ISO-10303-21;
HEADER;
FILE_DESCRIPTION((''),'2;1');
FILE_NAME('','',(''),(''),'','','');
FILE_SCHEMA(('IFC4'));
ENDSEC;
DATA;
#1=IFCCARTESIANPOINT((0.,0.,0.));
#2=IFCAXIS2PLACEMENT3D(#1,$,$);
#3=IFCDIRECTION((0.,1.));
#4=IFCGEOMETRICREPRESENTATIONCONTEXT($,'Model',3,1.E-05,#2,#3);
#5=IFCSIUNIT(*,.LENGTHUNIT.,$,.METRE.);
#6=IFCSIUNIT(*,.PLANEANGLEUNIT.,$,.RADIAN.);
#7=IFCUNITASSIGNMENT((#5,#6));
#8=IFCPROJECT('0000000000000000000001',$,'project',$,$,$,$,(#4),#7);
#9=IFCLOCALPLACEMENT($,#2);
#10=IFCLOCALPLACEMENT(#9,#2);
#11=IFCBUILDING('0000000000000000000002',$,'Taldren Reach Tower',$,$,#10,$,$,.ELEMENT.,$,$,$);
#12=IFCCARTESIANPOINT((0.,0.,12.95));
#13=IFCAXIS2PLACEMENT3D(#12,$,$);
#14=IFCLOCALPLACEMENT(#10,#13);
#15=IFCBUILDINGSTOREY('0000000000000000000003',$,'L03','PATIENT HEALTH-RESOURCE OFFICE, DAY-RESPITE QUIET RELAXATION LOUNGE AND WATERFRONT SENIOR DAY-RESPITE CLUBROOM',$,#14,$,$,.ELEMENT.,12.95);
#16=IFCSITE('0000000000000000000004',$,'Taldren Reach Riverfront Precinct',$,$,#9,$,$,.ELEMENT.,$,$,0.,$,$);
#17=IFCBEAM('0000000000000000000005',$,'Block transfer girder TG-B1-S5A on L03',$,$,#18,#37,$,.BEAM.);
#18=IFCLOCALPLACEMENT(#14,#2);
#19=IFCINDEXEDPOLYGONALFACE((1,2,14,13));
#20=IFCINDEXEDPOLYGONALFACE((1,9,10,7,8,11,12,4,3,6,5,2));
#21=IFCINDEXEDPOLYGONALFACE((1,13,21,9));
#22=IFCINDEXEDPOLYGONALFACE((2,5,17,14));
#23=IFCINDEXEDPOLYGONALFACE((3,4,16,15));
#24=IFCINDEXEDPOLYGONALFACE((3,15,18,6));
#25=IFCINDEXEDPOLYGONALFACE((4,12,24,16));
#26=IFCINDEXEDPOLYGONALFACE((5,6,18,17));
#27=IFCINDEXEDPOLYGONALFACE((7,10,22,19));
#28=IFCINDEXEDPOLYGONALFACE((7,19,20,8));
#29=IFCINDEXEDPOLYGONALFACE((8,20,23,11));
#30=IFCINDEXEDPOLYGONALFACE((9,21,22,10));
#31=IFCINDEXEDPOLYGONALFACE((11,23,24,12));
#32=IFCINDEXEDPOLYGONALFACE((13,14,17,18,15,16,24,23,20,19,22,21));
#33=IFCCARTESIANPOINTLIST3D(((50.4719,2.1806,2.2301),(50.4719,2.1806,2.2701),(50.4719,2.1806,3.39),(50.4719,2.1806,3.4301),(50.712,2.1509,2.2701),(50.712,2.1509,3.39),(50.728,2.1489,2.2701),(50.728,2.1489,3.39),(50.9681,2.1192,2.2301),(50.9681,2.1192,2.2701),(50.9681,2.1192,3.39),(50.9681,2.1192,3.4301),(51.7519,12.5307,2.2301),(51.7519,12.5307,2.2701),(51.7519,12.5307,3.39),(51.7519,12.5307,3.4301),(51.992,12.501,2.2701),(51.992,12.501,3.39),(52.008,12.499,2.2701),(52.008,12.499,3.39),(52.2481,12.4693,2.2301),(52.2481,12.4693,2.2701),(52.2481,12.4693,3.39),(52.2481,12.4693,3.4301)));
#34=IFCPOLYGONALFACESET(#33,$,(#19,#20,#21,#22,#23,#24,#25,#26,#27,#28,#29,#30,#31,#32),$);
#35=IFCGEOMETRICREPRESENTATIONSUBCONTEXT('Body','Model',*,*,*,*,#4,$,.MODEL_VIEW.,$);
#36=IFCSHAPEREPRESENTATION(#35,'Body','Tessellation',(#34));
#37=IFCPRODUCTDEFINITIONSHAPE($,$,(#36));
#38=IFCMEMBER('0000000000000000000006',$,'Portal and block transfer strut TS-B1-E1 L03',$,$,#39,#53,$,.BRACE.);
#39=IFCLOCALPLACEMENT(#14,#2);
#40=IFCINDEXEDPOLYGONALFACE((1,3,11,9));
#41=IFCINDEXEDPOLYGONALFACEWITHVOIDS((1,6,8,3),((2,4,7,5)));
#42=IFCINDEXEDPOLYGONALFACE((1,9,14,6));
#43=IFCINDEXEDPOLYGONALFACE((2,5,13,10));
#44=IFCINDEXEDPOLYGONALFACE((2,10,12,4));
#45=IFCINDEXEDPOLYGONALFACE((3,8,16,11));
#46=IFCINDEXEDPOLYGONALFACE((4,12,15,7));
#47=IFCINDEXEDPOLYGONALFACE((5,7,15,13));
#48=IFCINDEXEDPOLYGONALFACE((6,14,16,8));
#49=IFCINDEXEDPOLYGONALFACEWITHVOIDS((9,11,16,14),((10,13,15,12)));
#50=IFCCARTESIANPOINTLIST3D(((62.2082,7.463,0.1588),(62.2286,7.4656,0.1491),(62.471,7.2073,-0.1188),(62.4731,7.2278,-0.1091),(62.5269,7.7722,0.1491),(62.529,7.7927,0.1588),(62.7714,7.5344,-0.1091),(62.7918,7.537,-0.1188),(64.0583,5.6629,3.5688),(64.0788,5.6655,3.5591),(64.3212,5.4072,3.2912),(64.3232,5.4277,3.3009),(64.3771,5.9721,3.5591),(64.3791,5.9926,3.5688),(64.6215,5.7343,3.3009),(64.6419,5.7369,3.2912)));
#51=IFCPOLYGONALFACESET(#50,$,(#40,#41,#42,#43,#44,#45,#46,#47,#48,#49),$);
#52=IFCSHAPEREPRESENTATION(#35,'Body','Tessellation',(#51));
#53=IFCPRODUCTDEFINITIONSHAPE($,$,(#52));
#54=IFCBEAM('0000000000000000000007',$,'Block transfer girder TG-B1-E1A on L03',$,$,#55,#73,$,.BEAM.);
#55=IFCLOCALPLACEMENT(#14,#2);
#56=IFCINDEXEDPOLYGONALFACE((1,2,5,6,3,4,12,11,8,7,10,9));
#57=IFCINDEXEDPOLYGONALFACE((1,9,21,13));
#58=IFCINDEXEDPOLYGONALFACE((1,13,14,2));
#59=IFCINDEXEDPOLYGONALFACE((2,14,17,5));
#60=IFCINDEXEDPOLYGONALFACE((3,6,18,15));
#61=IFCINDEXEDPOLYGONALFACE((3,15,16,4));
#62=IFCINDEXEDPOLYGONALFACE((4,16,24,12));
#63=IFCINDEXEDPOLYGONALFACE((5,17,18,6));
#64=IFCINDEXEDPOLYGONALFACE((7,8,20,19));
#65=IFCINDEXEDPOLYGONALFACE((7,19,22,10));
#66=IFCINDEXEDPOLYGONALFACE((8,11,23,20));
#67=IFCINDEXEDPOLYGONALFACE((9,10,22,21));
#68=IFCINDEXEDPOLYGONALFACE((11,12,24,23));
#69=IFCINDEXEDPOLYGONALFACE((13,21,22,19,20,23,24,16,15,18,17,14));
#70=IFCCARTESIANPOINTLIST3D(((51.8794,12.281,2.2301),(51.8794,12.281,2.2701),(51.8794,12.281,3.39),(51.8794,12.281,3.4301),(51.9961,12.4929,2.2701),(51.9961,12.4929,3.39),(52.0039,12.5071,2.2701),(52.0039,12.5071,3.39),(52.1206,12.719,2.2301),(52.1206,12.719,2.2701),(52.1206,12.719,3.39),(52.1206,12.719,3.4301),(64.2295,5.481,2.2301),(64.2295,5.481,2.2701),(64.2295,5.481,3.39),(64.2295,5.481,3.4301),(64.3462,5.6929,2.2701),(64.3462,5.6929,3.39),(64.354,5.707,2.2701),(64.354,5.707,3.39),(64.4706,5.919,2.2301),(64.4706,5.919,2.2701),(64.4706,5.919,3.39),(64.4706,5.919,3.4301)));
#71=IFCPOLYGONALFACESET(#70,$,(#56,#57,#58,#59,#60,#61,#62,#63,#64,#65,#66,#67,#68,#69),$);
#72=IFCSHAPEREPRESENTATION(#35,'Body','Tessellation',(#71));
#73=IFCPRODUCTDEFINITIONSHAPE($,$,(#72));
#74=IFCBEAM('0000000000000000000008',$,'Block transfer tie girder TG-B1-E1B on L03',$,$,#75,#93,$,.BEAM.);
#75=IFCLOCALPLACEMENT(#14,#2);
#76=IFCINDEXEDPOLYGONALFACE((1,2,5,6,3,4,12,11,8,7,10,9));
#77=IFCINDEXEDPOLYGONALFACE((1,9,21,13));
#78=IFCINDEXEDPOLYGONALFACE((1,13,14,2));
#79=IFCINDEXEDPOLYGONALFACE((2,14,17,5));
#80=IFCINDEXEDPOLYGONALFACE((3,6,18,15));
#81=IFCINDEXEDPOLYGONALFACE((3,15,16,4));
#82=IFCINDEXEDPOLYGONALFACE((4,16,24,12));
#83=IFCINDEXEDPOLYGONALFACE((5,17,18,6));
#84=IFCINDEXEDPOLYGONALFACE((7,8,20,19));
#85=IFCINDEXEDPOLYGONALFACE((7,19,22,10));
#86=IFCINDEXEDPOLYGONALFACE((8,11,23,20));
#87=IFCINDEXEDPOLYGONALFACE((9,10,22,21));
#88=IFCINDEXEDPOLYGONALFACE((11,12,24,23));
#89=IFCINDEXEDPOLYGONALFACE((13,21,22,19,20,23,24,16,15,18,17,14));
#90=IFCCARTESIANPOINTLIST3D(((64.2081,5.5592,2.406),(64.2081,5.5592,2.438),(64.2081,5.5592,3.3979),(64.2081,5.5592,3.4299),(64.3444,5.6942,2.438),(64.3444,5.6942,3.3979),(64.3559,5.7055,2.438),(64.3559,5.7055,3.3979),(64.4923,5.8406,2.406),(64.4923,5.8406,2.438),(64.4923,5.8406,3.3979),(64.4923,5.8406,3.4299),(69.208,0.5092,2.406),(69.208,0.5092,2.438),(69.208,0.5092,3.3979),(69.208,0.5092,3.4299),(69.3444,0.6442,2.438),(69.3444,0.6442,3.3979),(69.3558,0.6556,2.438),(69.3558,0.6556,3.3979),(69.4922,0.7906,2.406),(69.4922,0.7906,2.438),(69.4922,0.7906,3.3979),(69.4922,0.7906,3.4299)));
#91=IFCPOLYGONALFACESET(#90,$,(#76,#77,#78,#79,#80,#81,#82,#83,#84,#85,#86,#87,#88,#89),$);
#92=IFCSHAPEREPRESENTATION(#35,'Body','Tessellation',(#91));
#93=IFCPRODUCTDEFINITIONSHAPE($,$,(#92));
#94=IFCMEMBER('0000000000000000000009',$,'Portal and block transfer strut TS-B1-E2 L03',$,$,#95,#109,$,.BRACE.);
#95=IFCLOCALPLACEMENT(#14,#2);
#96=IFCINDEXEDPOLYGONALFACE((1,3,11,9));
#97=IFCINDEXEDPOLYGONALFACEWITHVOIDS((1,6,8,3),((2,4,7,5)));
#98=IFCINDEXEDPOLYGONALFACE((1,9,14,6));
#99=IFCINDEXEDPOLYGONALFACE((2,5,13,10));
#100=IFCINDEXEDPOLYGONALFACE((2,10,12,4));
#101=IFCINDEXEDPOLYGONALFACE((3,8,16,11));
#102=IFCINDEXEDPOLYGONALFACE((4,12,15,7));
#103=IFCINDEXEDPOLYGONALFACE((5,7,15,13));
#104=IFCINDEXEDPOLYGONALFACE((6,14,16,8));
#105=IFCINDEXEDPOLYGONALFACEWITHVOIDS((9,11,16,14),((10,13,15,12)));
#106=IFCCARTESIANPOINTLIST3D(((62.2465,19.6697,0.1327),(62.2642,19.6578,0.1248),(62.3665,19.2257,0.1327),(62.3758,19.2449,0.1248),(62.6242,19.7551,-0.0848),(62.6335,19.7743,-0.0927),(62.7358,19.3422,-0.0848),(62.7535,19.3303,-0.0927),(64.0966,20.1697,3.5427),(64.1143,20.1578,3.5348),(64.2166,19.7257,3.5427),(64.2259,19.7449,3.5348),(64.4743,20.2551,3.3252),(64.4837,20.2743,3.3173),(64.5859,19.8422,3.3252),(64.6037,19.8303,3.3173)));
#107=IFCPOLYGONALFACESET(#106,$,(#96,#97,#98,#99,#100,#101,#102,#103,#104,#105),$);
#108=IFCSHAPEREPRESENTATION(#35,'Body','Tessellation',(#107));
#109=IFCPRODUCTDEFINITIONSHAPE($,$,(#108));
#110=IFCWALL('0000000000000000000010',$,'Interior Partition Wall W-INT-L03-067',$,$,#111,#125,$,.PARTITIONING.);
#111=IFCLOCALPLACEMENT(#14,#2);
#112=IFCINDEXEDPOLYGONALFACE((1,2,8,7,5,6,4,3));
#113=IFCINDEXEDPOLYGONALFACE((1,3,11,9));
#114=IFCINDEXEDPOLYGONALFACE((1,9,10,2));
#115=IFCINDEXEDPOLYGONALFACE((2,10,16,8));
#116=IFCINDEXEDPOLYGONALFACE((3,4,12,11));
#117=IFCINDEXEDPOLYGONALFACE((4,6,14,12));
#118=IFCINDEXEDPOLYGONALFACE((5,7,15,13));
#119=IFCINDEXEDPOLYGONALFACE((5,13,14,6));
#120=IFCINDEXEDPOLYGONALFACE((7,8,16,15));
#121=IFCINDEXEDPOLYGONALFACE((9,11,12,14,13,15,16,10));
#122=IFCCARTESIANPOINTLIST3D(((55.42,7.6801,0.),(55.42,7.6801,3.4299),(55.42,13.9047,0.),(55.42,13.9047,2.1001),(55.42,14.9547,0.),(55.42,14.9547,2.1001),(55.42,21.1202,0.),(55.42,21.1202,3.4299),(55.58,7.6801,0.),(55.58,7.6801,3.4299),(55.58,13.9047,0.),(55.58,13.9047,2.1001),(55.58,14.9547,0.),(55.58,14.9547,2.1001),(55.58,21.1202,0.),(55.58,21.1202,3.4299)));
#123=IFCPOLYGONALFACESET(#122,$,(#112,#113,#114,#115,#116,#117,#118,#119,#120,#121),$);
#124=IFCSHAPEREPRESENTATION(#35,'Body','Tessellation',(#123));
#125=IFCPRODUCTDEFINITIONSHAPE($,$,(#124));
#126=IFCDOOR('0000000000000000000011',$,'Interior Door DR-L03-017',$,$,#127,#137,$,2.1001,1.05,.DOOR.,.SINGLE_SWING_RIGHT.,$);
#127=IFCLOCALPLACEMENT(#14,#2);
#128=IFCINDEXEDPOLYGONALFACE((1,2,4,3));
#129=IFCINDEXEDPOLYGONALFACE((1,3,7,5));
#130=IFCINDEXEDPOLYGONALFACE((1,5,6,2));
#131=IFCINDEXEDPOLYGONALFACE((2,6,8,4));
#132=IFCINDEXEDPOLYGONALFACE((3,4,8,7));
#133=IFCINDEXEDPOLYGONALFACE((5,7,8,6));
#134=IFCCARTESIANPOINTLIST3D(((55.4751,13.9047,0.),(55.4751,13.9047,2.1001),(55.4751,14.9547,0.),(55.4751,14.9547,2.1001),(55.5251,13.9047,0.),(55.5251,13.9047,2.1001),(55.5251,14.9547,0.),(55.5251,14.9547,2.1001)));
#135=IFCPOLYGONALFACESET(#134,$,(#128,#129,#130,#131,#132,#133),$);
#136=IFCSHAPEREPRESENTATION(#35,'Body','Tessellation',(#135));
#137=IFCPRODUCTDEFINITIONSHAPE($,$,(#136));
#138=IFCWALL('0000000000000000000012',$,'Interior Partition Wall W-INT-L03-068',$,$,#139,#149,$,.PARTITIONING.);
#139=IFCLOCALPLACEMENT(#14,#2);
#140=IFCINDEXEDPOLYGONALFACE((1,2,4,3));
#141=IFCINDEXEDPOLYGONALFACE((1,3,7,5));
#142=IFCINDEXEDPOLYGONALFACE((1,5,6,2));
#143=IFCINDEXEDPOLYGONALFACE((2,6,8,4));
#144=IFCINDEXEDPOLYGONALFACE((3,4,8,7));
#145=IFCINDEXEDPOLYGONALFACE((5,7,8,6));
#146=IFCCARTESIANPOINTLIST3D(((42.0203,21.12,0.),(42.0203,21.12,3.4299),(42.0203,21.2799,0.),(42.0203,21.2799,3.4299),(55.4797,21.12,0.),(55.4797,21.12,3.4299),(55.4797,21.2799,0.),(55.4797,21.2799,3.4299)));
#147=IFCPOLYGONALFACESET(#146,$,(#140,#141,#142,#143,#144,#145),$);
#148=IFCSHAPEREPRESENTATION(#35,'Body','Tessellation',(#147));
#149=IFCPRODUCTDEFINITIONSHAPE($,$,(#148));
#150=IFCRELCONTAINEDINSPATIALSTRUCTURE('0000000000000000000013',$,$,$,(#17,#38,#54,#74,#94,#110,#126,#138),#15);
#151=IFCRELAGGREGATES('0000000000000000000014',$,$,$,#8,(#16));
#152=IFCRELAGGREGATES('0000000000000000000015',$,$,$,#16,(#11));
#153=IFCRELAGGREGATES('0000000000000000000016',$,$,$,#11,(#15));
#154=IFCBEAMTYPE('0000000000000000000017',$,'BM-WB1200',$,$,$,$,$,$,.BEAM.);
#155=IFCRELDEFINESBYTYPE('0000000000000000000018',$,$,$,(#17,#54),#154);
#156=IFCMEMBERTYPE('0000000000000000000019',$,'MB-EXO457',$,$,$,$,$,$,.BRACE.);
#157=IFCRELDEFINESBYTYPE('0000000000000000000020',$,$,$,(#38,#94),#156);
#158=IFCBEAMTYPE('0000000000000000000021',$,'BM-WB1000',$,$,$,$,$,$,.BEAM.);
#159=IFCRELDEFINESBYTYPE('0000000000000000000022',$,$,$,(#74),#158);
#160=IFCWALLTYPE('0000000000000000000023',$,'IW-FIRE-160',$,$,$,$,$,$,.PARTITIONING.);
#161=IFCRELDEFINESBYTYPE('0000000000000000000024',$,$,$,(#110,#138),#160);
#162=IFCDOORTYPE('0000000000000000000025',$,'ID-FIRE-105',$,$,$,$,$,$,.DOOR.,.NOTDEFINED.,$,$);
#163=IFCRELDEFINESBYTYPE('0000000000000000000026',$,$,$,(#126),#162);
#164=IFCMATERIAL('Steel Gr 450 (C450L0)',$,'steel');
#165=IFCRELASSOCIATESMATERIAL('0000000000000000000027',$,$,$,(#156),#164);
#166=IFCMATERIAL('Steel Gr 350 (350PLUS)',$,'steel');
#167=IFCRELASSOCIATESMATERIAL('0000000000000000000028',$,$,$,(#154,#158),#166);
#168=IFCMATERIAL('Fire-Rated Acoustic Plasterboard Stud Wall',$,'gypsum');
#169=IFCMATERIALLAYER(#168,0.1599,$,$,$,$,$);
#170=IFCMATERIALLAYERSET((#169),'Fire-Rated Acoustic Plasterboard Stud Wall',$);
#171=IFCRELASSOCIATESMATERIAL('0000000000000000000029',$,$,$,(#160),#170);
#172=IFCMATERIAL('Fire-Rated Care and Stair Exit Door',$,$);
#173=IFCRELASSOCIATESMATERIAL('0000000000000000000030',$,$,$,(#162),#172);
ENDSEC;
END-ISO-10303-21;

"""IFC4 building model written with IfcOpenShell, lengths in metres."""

from ifc_helpers import new_model, si_unit, direction, frame, frame_2d, origin, origin_2d, place, context, subcontext, project, spatial, rectangle, hollow_rectangle, i_section, extrude, source, transform, mapped, material, layer, layer_set, material_profile, profile_set, type_object, element, fill, save


model = new_model("IFC4")

# Units and contexts
model_context = context("Model", 3, precision=1e-05, world=origin(), true_north=direction((0.0, 1.0)))
body_context = subcontext(model_context, "Body", "Model", "MODEL_VIEW")
ifc_project = project(units=[si_unit("LENGTHUNIT", "METRE"), si_unit("PLANEANGLEUNIT", "RADIAN")], contexts=[model_context])

# Site, building, storey
site_placement = place(None, origin())
site = spatial("IfcSite", under=ifc_project, at=site_placement, Name="Taldren Reach Riverfront Precinct", CompositionType="ELEMENT", RefElevation=0.0)
building_placement = place(site_placement, origin())
building = spatial("IfcBuilding", under=site, at=building_placement, Name="Taldren Reach Tower", CompositionType="ELEMENT")
storey_placement = place(building_placement, frame((0.0, 0.0, 12.95)))
storey = spatial("IfcBuildingStorey", under=building, at=storey_placement, Name="L03", Description="PATIENT HEALTH-RESOURCE OFFICE, DAY-RESPITE QUIET RELAXATION LOUNGE AND WATERFRONT SENIOR DAY-RESPITE CLUBROOM", CompositionType="ELEMENT", Elevation=12.95)

# Shared definitions
ifc_material_1 = material(Name="Steel Gr 350 (350PLUS)", Category="steel")

# Shared definitions
ifc_material_2 = material(Name="Steel Gr 450 (C450L0)", Category="steel")
ifc_material_profile_1 = material_profile(ifc_material_2, hollow_rectangle(XDim=0.46, YDim=0.46, WallThickness=0.0161, at=origin_2d()), Name="460x460x16.0SHS")
ifc_profile_set_1 = profile_set([ifc_material_profile_1], Name="Steel Gr 450 (C450L0)")
member_type = type_object("IfcMemberType", Name="MB-EXO457", PredefinedType="BRACE", material=ifc_profile_set_1)

# Beam
ifc_material_profile_2 = material_profile(ifc_material_1, i_section(OverallWidth=0.5, OverallDepth=1.2, WebThickness=0.0161, FlangeThickness=0.04, at=origin_2d()), Name="1200WB455")
ifc_profile_set_2 = profile_set([ifc_material_profile_2], Name="Steel Gr 350 (350PLUS)")
beam_type_1 = type_object("IfcBeamType", Name="BM-WB1200", PredefinedType="BEAM", material=ifc_profile_set_2)
shared_shape_1 = source(origin(), body_context, "Body", "SweptSolid", [
    extrude(i_section(OverallWidth=0.5, OverallDepth=1.2, WebThickness=0.0161, FlangeThickness=0.04, at=origin_2d()), origin(), (0.0, 0.0, 1.0), 10.429),
])
beam_1_placement = place(storey_placement, frame((52.0, 12.5, 2.8301), z_axis=(-0.122738, -0.992439, 0.0), x_axis=(0.992439, -0.122738, 0.0)))
element("IfcBeam", 1, at=beam_1_placement, inside=storey, type_object=beam_type_1, Name="Block transfer girder TG-B1-S5A on L03", PredefinedType="BEAM", context=body_context, shape_type="MappedRepresentation", body=[
    mapped(shared_shape_1, transform((0.0, 0.0, 0.0), scale=1.0)),
])

# Member
shared_shape_2 = source(origin(), body_context, "Body", "SweptSolid", [
    extrude(hollow_rectangle(XDim=0.46, YDim=0.46, WallThickness=0.0161, at=origin_2d()), origin(), (0.0, 0.0, 1.0), 4.2769),
])
member_1_placement = place(storey_placement, frame((62.5, 7.5, 0.02), z_axis=(0.432595, -0.420892, 0.797315), x_axis=(0.697346, 0.716735, 0.0)))
element("IfcMember", 2, at=member_1_placement, inside=storey, type_object=member_type, Name="Portal and block transfer strut TS-B1-E1 L03", PredefinedType="BRACE", context=body_context, shape_type="MappedRepresentation", body=[
    mapped(shared_shape_2, transform((0.0, 0.0, 0.0), scale=1.0)),
])

# Beams
shared_shape_3 = source(origin(), body_context, "Body", "SweptSolid", [
    extrude(i_section(OverallWidth=0.5, OverallDepth=1.2, WebThickness=0.0161, FlangeThickness=0.04, at=origin_2d()), origin(), (0.0, 0.0, 1.0), 14.0984),
])
beam_2_placement = place(storey_placement, frame((52.0, 12.5, 2.8301), z_axis=(0.875991, -0.482327, 0.0), x_axis=(0.482327, 0.875991, 0.0)))
element("IfcBeam", 3, at=beam_2_placement, inside=storey, type_object=beam_type_1, Name="Block transfer girder TG-B1-E1A on L03", PredefinedType="BEAM", context=body_context, shape_type="MappedRepresentation", body=[
    mapped(shared_shape_3, transform((0.0, 0.0, 0.0), scale=1.0)),
])
ifc_material_profile_3 = material_profile(ifc_material_1, i_section(OverallWidth=0.3999, OverallDepth=1.0239, WebThickness=0.0161, FlangeThickness=0.032, at=origin_2d()), Name="1000WB322")
ifc_profile_set_3 = profile_set([ifc_material_profile_3], Name="Steel Gr 350 (350PLUS)")
beam_type_2 = type_object("IfcBeamType", Name="BM-WB1000", PredefinedType="BEAM", material=ifc_profile_set_3)
shared_shape_4 = source(origin(), body_context, "Body", "SweptSolid", [
    extrude(i_section(OverallWidth=0.3999, OverallDepth=1.0239, WebThickness=0.0161, FlangeThickness=0.032, at=origin_2d()), origin(), (0.0, 0.0, 1.0), 7.1064),
])
beam_3_placement = place(storey_placement, frame((69.3501, 0.6499, 2.918), z_axis=(-0.703577, 0.710619, 0.0), x_axis=(-0.710619, -0.703577, 0.0)))
element("IfcBeam", 4, at=beam_3_placement, inside=storey, type_object=beam_type_2, Name="Block transfer tie girder TG-B1-E1B on L03", PredefinedType="BEAM", context=body_context, shape_type="MappedRepresentation", body=[
    mapped(shared_shape_4, transform((0.0, 0.0, 0.0), scale=1.0)),
])

# Member
shared_shape_5 = source(origin(), body_context, "Body", "SweptSolid", [
    extrude(hollow_rectangle(XDim=0.46, YDim=0.46, WallThickness=0.0161, at=origin_2d()), origin(), (0.0, 0.0, 1.0), 3.9116),
])
member_2_placement = place(storey_placement, frame((62.5, 19.5, 0.02), z_axis=(0.472981, 0.127826, 0.871751), x_axis=(-0.260896, 0.965367, 0.0)))
element("IfcMember", 5, at=member_2_placement, inside=storey, type_object=member_type, Name="Portal and block transfer strut TS-B1-E2 L03", PredefinedType="BRACE", context=body_context, shape_type="MappedRepresentation", body=[
    mapped(shared_shape_5, transform((0.0, 0.0, 0.0), scale=1.0)),
])

# Wall, opening, door
ifc_material_3 = material(Name="Fire-Rated Acoustic Plasterboard Stud Wall", Category="gypsum")
ifc_layer = layer(ifc_material_3, 0.1599)
ifc_layer_set = layer_set([ifc_layer], Name="Fire-Rated Acoustic Plasterboard Stud Wall")
wall_type = type_object("IfcWallType", Name="IW-FIRE-160", PredefinedType="PARTITIONING", material=ifc_layer_set)
shared_shape_6 = source(origin(), body_context, "Body", "SweptSolid", [
    extrude(rectangle(XDim=13.4402, YDim=0.1599, at=frame_2d((6.7202, 0.0))), origin(), (0.0, 0.0, 1.0), 3.4299),
])
wall_1_placement = place(storey_placement, frame((55.5, 7.6799, 0.0), z_axis=(0.0, 0.0, 1.0), x_axis=(0.0, 1.0, 0.0)))
wall_1 = element("IfcWall", 6, at=wall_1_placement, inside=storey, type_object=wall_type, Name="Interior Partition Wall W-INT-L03-067", PredefinedType="PARTITIONING", context=body_context, shape_type="MappedRepresentation", body=[
    mapped(shared_shape_6, transform((0.0, 0.0, 0.0), scale=1.0)),
])
shared_shape_7 = source(origin(), body_context, "Body", "SweptSolid", [
    extrude(rectangle(XDim=1.05, YDim=2.1001, at=frame_2d((0.5249, 1.05))), frame((0.0, 0.0898, 0.0), z_axis=(0.0, -1.0, 0.0), x_axis=(1.0, 0.0, 0.0)), (0.0, 0.0, 1.0), 0.1799),
])
opening_1_placement = place(wall_1_placement, frame((6.2249, 0.0, 0.0)))
opening_1 = element("IfcOpeningElement", 7, at=opening_1_placement, cuts=wall_1, PredefinedType="OPENING", context=body_context, shape_type="MappedRepresentation", body=[
    mapped(shared_shape_7, transform((0.0, 0.0, 0.0), scale=1.0)),
])
ifc_material_4 = material(Name="Fire-Rated Care and Stair Exit Door")
door_type = type_object("IfcDoorType", Name="ID-FIRE-105", OperationType="NOTDEFINED", PredefinedType="DOOR", material=ifc_material_4)
shared_shape_8 = source(origin(), body_context, "Body", "SweptSolid", [
    extrude(rectangle(XDim=1.05, YDim=2.1001, at=frame_2d((0.5249, 1.05))), frame((0.0, 0.0249, 0.0), z_axis=(0.0, -1.0, 0.0), x_axis=(1.0, 0.0, 0.0)), (0.0, 0.0, 1.0), 0.05),
])
door_1_placement = place(opening_1_placement, origin())
door_1 = element("IfcDoor", 8, at=door_1_placement, inside=storey, type_object=door_type, Name="Interior Door DR-L03-017", OperationType="SINGLE_SWING_RIGHT", OverallHeight=2.1001, OverallWidth=1.05, PredefinedType="DOOR", context=body_context, shape_type="MappedRepresentation", body=[
    mapped(shared_shape_8, transform((0.0, 0.0, 0.0), scale=1.0)),
])
fill(opening_1, door_1)

# Wall
shared_shape_9 = source(origin(), body_context, "Body", "SweptSolid", [
    extrude(rectangle(XDim=13.4595, YDim=0.1599, at=frame_2d((6.7297, 0.0))), origin(), (0.0, 0.0, 1.0), 3.4299),
])
wall_2_placement = place(storey_placement, frame((55.4797, 21.2, 0.0), z_axis=(0.0, 0.0, 1.0), x_axis=(-1.0, 0.0, 0.0)))
element("IfcWall", 9, at=wall_2_placement, inside=storey, type_object=wall_type, Name="Interior Partition Wall W-INT-L03-068", PredefinedType="PARTITIONING", context=body_context, shape_type="MappedRepresentation", body=[
    mapped(shared_shape_9, transform((0.0, 0.0, 0.0), scale=1.0)),
])

save(model, "model.ifc")
